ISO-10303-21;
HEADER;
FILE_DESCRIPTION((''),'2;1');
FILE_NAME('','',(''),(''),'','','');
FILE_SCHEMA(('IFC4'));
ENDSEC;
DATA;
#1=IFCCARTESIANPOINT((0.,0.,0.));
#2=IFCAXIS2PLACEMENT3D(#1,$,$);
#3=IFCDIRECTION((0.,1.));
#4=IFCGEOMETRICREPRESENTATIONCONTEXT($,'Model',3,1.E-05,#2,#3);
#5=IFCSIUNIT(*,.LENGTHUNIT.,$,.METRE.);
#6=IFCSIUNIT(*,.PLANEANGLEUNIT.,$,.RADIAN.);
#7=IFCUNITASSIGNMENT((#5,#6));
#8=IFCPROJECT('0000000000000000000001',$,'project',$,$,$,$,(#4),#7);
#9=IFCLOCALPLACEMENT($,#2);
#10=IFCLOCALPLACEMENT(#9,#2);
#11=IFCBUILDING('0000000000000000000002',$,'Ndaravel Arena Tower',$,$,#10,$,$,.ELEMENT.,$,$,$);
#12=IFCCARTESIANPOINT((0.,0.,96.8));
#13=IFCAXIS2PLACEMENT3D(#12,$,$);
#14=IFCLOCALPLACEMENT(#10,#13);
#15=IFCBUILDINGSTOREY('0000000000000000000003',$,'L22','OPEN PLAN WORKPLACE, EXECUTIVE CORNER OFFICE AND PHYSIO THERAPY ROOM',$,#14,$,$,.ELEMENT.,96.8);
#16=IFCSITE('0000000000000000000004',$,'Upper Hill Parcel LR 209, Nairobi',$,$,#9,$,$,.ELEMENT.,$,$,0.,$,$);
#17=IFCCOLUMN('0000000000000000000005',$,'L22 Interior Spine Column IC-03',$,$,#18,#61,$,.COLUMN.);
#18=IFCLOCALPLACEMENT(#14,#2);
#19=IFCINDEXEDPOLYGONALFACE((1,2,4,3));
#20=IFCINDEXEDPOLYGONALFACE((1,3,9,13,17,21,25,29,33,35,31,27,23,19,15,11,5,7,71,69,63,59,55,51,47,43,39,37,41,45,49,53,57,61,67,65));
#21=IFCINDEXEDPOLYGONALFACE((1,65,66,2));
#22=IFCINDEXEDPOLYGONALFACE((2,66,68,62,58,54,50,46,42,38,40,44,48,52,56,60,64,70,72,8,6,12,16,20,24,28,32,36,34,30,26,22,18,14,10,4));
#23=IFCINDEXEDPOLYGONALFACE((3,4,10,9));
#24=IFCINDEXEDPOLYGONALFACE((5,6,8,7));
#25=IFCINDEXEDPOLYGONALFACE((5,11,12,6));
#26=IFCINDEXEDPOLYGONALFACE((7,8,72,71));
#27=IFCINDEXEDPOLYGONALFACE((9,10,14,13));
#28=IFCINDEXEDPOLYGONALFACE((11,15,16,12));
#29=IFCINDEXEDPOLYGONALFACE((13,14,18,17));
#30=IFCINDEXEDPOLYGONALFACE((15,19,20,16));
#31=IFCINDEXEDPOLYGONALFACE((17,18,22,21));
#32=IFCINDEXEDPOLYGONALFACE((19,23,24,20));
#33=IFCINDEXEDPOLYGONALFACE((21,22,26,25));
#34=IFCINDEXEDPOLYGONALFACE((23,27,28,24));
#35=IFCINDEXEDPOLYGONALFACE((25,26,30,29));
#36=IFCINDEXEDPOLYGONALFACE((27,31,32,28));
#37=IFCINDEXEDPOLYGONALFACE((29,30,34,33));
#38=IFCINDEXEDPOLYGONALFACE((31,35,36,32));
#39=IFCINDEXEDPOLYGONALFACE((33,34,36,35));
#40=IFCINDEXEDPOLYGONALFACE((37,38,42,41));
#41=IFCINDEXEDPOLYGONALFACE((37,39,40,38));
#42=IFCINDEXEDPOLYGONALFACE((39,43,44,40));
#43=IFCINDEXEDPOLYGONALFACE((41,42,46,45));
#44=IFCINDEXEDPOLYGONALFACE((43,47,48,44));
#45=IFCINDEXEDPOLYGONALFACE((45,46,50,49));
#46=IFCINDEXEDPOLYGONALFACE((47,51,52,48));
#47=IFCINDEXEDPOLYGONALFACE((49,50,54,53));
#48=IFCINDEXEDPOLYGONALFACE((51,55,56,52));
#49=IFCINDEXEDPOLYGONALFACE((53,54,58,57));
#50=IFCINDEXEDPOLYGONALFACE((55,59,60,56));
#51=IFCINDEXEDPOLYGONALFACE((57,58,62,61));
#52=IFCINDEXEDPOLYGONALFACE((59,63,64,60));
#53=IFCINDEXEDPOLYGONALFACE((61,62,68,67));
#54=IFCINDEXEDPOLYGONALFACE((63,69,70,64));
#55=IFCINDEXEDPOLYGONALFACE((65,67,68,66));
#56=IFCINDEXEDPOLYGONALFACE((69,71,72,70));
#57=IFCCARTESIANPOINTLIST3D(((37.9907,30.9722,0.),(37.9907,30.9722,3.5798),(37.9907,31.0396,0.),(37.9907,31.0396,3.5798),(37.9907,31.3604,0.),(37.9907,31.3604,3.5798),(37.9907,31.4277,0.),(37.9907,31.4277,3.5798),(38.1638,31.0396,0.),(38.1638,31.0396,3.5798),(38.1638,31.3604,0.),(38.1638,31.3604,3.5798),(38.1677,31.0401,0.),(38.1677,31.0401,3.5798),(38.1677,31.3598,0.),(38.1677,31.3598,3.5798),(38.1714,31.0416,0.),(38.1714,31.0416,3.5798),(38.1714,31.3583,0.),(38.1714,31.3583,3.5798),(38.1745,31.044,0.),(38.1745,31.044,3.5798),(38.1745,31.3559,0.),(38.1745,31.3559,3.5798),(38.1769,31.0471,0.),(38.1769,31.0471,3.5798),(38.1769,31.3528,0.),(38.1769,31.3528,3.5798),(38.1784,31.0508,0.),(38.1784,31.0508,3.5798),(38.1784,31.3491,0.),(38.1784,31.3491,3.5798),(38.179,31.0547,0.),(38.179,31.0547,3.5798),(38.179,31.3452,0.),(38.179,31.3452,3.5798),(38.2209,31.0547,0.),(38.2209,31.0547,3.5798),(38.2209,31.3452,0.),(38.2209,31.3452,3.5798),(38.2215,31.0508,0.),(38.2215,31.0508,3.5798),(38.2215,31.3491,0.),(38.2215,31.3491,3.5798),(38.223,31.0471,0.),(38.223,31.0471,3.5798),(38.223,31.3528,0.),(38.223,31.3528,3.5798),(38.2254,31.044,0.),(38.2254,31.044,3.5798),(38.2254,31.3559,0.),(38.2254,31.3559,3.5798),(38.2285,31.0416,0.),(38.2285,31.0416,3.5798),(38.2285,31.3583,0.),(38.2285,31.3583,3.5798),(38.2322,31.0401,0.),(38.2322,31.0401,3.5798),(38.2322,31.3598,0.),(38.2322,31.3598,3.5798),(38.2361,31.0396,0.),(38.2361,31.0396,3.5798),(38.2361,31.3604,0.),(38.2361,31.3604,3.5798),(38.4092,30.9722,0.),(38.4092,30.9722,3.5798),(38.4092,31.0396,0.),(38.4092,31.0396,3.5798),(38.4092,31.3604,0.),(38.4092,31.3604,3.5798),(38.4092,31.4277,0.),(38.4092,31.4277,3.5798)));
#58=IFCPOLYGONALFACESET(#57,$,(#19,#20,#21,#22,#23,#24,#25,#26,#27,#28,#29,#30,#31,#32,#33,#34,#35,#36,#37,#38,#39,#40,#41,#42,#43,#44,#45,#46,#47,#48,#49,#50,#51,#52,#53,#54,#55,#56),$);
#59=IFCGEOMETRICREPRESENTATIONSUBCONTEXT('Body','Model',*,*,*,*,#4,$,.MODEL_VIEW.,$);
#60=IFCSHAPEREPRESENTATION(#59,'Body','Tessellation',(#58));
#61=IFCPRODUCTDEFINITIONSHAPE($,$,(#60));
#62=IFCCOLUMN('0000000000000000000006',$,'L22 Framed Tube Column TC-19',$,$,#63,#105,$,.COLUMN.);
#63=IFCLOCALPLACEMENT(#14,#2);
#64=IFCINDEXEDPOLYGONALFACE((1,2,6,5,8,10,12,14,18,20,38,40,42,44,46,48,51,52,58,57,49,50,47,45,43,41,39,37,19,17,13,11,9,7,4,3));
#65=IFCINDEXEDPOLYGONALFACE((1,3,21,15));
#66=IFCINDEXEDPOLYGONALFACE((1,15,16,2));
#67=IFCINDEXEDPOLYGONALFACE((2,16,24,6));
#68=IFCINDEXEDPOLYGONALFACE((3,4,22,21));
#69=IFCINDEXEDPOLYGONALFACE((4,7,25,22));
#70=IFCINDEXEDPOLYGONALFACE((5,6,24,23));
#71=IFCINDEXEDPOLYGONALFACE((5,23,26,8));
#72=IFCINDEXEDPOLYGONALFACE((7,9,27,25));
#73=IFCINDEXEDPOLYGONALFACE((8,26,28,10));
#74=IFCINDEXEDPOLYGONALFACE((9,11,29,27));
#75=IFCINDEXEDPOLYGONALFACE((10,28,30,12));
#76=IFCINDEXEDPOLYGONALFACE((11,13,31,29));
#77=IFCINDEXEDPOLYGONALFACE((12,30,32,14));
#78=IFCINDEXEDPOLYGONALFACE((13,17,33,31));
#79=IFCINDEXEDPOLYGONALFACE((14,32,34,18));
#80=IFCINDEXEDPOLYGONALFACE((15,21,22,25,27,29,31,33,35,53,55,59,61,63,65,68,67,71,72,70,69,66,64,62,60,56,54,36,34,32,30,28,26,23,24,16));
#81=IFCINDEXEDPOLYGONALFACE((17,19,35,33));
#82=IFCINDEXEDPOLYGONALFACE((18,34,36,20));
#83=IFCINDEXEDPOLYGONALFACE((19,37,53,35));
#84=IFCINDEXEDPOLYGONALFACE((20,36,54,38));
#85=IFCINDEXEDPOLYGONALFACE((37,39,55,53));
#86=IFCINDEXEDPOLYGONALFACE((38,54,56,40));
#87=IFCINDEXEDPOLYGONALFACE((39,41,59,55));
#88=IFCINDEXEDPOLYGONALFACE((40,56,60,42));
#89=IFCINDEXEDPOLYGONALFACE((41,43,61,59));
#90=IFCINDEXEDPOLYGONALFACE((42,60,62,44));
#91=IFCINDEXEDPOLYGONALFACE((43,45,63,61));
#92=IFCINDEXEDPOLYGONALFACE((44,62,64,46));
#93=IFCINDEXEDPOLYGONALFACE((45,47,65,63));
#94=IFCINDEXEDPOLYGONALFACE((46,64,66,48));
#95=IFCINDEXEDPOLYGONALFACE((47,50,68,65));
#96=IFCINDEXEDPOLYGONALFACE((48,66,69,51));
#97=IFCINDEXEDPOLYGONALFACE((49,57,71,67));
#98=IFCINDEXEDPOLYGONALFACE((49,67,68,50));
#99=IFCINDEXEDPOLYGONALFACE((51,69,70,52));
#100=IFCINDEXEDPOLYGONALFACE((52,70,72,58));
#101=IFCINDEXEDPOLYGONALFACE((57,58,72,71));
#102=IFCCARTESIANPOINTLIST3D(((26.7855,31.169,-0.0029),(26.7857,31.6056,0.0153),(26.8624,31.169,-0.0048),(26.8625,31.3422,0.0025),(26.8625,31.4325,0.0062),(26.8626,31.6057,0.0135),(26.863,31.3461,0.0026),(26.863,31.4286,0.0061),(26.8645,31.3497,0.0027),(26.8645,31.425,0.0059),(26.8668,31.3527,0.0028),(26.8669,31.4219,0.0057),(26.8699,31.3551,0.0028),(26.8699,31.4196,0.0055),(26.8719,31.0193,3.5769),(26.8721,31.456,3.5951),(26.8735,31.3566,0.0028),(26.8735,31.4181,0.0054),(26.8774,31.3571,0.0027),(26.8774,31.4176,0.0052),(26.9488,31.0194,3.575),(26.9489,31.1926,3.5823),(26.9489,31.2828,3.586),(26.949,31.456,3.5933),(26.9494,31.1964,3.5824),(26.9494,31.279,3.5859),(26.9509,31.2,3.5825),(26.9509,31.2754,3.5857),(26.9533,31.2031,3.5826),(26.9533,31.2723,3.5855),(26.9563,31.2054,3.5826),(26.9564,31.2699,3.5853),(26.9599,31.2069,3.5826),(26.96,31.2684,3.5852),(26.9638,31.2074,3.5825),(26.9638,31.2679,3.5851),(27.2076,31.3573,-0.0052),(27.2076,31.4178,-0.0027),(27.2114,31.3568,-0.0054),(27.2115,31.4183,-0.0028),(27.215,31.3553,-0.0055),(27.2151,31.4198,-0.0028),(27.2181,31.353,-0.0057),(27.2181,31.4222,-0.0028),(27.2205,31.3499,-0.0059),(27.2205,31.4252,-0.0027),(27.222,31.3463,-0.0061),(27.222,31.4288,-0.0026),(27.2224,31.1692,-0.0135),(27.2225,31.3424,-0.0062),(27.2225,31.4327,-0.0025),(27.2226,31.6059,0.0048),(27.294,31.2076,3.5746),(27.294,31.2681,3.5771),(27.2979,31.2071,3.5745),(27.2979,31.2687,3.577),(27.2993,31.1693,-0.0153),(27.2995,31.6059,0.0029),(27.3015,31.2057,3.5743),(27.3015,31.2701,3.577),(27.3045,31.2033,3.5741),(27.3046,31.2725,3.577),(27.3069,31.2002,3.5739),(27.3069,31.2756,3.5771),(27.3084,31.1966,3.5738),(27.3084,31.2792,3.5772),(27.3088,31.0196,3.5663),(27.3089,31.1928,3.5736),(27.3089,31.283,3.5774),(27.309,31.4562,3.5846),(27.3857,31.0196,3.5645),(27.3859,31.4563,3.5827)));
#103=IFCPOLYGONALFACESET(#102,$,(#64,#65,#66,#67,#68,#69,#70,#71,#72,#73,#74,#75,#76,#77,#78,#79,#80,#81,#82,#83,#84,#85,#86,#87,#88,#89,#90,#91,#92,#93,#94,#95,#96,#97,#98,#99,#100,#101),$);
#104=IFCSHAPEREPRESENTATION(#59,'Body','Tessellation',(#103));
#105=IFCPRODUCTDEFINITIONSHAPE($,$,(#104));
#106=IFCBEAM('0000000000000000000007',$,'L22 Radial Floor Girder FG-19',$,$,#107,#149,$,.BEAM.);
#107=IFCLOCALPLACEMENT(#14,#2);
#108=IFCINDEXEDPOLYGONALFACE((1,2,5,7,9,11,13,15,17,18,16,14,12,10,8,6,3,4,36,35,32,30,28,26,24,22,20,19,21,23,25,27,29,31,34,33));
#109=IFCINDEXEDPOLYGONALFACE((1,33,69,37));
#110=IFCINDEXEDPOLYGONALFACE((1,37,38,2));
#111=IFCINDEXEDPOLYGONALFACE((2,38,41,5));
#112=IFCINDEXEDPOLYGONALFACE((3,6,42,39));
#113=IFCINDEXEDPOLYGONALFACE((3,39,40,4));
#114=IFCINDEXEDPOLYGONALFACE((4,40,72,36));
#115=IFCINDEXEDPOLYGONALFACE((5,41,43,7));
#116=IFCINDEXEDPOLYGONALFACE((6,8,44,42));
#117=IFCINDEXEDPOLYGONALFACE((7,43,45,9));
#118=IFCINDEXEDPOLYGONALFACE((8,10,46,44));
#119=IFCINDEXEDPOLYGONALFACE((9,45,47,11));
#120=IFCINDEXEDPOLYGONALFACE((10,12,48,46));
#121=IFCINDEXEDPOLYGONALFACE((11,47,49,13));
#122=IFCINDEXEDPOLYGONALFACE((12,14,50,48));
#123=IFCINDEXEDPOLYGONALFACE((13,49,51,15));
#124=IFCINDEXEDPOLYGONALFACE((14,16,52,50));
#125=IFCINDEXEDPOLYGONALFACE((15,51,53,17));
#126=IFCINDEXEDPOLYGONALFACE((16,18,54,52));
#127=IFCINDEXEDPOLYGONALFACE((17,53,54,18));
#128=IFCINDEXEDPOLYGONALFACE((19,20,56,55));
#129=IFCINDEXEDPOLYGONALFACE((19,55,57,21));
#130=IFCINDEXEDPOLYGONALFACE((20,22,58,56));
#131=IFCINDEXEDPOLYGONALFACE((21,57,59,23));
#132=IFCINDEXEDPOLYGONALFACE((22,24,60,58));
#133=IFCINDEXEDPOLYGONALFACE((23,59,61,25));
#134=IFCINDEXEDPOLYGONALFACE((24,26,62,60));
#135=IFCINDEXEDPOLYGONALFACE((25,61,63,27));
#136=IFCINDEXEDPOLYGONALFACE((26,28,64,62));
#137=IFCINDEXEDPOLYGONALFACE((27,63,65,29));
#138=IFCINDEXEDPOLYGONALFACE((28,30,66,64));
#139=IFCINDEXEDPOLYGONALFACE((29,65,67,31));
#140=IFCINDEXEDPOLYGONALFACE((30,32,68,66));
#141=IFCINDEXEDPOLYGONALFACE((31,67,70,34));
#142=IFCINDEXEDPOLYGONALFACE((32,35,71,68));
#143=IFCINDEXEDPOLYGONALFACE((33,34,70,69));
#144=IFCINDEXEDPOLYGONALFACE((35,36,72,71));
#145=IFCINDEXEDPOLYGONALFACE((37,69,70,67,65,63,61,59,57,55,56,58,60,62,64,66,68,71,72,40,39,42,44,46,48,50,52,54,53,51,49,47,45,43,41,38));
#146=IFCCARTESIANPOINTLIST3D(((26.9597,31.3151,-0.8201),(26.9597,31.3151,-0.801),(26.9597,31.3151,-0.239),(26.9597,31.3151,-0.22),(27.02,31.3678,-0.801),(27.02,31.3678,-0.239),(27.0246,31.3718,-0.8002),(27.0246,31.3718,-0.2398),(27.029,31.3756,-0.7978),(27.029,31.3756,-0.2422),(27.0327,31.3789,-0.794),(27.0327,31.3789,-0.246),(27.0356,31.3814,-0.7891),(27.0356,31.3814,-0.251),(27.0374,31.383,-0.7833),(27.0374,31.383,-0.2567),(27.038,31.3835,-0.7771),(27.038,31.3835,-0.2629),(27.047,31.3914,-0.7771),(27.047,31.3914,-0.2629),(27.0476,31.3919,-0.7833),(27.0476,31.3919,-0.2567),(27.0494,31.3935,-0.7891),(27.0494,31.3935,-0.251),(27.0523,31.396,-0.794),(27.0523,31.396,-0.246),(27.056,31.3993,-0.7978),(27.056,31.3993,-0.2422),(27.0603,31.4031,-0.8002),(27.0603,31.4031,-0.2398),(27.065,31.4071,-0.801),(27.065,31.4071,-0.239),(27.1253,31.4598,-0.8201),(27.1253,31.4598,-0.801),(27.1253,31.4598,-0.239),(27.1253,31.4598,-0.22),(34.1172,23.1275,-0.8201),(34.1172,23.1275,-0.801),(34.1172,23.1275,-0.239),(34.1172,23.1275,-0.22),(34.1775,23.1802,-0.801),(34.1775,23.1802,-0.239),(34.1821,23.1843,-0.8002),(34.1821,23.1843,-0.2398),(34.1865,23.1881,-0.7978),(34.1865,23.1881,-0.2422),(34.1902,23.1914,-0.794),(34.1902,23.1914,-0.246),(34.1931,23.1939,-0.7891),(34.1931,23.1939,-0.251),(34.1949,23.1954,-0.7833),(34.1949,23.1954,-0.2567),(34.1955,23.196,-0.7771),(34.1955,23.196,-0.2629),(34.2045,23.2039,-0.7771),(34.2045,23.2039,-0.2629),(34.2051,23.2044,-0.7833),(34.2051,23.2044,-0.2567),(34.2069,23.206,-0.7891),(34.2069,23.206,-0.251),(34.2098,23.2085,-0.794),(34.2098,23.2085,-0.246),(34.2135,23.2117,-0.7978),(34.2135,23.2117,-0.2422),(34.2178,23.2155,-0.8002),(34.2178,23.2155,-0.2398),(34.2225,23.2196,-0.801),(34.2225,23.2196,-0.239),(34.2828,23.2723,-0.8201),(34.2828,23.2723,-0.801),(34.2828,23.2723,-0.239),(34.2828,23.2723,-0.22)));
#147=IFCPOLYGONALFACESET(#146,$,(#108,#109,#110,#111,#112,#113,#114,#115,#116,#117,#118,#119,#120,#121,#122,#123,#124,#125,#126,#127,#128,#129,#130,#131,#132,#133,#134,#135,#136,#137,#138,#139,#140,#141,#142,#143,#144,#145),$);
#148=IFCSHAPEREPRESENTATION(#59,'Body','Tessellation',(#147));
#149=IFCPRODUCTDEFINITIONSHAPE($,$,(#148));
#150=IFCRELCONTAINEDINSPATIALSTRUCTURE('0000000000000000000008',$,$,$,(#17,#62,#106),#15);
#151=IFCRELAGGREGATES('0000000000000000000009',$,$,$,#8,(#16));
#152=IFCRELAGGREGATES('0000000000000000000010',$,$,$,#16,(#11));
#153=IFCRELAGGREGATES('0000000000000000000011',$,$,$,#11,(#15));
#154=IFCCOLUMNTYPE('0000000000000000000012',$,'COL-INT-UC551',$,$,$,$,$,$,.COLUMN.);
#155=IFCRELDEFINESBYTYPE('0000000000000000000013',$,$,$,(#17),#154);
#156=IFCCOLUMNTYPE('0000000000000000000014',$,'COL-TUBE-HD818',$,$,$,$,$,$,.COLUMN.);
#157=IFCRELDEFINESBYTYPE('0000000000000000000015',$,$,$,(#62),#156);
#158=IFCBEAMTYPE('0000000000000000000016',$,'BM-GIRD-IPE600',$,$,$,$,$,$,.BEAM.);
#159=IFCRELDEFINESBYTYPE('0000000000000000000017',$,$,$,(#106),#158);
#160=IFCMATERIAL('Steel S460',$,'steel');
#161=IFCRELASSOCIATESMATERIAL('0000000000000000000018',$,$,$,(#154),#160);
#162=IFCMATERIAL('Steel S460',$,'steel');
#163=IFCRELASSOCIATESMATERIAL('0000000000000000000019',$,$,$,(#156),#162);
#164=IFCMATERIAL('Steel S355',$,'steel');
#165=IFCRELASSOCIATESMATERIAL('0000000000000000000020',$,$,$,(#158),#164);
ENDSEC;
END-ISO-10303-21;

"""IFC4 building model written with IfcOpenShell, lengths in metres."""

from ifc_helpers import new_model, si_unit, direction, frame, origin, origin_2d, place, context, subcontext, project, spatial, i_section, extrude, material, material_profile, profile_set, type_object, element, save


model = new_model("IFC4")

# Units and contexts
model_context = context("Model", 3, precision=1e-05, world=origin(), true_north=direction((0.0, 1.0)))
body_context = subcontext(model_context, "Body", "Model", "MODEL_VIEW")
ifc_project = project(units=[si_unit("LENGTHUNIT", "METRE"), si_unit("PLANEANGLEUNIT", "RADIAN")], contexts=[model_context])

# Site, building, storey
site_placement = place(None, origin())
site = spatial("IfcSite", under=ifc_project, at=site_placement, Name="Upper Hill Parcel LR 209, Nairobi", CompositionType="ELEMENT", RefElevation=0.0)
building_placement = place(site_placement, origin())
building = spatial("IfcBuilding", under=site, at=building_placement, Name="Ndaravel Arena Tower", CompositionType="ELEMENT")
storey_placement = place(building_placement, frame((0.0, 0.0, 96.8)))
storey = spatial("IfcBuildingStorey", under=building, at=storey_placement, Name="L22", Description="OPEN PLAN WORKPLACE, EXECUTIVE CORNER OFFICE AND PHYSIO THERAPY ROOM", CompositionType="ELEMENT", Elevation=96.8)

# Columns
ifc_material_1 = material(Name="Steel S460", Category="steel")
ifc_material_profile_1 = material_profile(ifc_material_1, i_section(OverallWidth=0.4185, OverallDepth=0.4556, WebThickness=0.042, FlangeThickness=0.0674, FilletRadius=0.0151, at=origin_2d()), Name="UC 356x406x551")
ifc_profile_set_1 = profile_set([ifc_material_profile_1], Name="Steel S460")
column_type_1 = type_object("IfcColumnType", Name="COL-INT-UC551", PredefinedType="COLUMN", material=ifc_profile_set_1)
column_1_placement = place(storey_placement, frame((38.2, 31.2, 0.0), z_axis=(0.0, 0.0, 1.0), x_axis=(1.0, 0.0, 0.0)))
element("IfcColumn", 1, at=column_1_placement, inside=storey, type_object=column_type_1, Name="L22 Interior Spine Column IC-03", PredefinedType="COLUMN", context=body_context, shape_type="SweptSolid", body=[
    extrude(i_section(OverallWidth=0.4185, OverallDepth=0.4556, WebThickness=0.042, FlangeThickness=0.0674, FilletRadius=0.0151, at=origin_2d()), origin(), (0.0, 0.0, 1.0), 3.5798),
])
ifc_material_2 = material(Name="Steel S460", Category="steel")
ifc_material_profile_2 = material_profile(ifc_material_2, i_section(OverallWidth=0.437, OverallDepth=0.5139, WebThickness=0.0605, FlangeThickness=0.0769, FilletRadius=0.0149, at=origin_2d()), Name="HD 400x818")
ifc_profile_set_2 = profile_set([ifc_material_profile_2], Name="Steel S460")
column_type_2 = type_object("IfcColumnType", Name="COL-TUBE-HD818", PredefinedType="COLUMN", material=ifc_profile_set_2)
column_2_placement = place(storey_placement, frame((27.0425, 31.3875, 0.0), z_axis=(0.024114, -0.041757, 0.998837), x_axis=(0.000401, 0.999128, 0.04176)))
element("IfcColumn", 2, at=column_2_placement, inside=storey, type_object=column_type_2, Name="L22 Framed Tube Column TC-19", PredefinedType="COLUMN", context=body_context, shape_type="SweptSolid", body=[
    extrude(i_section(OverallWidth=0.437, OverallDepth=0.5139, WebThickness=0.0605, FlangeThickness=0.0769, FilletRadius=0.0149, at=origin_2d()), origin(), (0.0, 0.0, 1.0), 3.584),
])

# Beam
ifc_material_3 = material(Name="Steel S355", Category="steel")
ifc_material_profile_3 = material_profile(ifc_material_3, i_section(OverallWidth=0.22, OverallDepth=0.6001, WebThickness=0.012, FlangeThickness=0.019, FilletRadius=0.0239, at=origin_2d()), Name="IPE 600")
ifc_profile_set_3 = profile_set([ifc_material_profile_3], Name="Steel S355")
beam_type_1 = type_object("IfcBeamType", Name="BM-GIRD-IPE600", PredefinedType="BEAM", material=ifc_profile_set_3)
beam_1_placement = place(storey_placement, frame((27.0425, 31.3875, -0.52), z_axis=(0.658161, -0.752877, 0.0), x_axis=(0.752877, 0.658161, 0.0)))
element("IfcBeam", 3, at=beam_1_placement, inside=storey, type_object=beam_type_1, Name="L22 Radial Floor Girder FG-19", PredefinedType="BEAM", context=body_context, shape_type="SweptSolid", body=[
    extrude(i_section(OverallWidth=0.22, OverallDepth=0.6001, WebThickness=0.012, FlangeThickness=0.019, FilletRadius=0.0239, at=origin_2d()), origin(), (0.0, 0.0, 1.0), 10.875),
])

save(model, "model.ifc")
